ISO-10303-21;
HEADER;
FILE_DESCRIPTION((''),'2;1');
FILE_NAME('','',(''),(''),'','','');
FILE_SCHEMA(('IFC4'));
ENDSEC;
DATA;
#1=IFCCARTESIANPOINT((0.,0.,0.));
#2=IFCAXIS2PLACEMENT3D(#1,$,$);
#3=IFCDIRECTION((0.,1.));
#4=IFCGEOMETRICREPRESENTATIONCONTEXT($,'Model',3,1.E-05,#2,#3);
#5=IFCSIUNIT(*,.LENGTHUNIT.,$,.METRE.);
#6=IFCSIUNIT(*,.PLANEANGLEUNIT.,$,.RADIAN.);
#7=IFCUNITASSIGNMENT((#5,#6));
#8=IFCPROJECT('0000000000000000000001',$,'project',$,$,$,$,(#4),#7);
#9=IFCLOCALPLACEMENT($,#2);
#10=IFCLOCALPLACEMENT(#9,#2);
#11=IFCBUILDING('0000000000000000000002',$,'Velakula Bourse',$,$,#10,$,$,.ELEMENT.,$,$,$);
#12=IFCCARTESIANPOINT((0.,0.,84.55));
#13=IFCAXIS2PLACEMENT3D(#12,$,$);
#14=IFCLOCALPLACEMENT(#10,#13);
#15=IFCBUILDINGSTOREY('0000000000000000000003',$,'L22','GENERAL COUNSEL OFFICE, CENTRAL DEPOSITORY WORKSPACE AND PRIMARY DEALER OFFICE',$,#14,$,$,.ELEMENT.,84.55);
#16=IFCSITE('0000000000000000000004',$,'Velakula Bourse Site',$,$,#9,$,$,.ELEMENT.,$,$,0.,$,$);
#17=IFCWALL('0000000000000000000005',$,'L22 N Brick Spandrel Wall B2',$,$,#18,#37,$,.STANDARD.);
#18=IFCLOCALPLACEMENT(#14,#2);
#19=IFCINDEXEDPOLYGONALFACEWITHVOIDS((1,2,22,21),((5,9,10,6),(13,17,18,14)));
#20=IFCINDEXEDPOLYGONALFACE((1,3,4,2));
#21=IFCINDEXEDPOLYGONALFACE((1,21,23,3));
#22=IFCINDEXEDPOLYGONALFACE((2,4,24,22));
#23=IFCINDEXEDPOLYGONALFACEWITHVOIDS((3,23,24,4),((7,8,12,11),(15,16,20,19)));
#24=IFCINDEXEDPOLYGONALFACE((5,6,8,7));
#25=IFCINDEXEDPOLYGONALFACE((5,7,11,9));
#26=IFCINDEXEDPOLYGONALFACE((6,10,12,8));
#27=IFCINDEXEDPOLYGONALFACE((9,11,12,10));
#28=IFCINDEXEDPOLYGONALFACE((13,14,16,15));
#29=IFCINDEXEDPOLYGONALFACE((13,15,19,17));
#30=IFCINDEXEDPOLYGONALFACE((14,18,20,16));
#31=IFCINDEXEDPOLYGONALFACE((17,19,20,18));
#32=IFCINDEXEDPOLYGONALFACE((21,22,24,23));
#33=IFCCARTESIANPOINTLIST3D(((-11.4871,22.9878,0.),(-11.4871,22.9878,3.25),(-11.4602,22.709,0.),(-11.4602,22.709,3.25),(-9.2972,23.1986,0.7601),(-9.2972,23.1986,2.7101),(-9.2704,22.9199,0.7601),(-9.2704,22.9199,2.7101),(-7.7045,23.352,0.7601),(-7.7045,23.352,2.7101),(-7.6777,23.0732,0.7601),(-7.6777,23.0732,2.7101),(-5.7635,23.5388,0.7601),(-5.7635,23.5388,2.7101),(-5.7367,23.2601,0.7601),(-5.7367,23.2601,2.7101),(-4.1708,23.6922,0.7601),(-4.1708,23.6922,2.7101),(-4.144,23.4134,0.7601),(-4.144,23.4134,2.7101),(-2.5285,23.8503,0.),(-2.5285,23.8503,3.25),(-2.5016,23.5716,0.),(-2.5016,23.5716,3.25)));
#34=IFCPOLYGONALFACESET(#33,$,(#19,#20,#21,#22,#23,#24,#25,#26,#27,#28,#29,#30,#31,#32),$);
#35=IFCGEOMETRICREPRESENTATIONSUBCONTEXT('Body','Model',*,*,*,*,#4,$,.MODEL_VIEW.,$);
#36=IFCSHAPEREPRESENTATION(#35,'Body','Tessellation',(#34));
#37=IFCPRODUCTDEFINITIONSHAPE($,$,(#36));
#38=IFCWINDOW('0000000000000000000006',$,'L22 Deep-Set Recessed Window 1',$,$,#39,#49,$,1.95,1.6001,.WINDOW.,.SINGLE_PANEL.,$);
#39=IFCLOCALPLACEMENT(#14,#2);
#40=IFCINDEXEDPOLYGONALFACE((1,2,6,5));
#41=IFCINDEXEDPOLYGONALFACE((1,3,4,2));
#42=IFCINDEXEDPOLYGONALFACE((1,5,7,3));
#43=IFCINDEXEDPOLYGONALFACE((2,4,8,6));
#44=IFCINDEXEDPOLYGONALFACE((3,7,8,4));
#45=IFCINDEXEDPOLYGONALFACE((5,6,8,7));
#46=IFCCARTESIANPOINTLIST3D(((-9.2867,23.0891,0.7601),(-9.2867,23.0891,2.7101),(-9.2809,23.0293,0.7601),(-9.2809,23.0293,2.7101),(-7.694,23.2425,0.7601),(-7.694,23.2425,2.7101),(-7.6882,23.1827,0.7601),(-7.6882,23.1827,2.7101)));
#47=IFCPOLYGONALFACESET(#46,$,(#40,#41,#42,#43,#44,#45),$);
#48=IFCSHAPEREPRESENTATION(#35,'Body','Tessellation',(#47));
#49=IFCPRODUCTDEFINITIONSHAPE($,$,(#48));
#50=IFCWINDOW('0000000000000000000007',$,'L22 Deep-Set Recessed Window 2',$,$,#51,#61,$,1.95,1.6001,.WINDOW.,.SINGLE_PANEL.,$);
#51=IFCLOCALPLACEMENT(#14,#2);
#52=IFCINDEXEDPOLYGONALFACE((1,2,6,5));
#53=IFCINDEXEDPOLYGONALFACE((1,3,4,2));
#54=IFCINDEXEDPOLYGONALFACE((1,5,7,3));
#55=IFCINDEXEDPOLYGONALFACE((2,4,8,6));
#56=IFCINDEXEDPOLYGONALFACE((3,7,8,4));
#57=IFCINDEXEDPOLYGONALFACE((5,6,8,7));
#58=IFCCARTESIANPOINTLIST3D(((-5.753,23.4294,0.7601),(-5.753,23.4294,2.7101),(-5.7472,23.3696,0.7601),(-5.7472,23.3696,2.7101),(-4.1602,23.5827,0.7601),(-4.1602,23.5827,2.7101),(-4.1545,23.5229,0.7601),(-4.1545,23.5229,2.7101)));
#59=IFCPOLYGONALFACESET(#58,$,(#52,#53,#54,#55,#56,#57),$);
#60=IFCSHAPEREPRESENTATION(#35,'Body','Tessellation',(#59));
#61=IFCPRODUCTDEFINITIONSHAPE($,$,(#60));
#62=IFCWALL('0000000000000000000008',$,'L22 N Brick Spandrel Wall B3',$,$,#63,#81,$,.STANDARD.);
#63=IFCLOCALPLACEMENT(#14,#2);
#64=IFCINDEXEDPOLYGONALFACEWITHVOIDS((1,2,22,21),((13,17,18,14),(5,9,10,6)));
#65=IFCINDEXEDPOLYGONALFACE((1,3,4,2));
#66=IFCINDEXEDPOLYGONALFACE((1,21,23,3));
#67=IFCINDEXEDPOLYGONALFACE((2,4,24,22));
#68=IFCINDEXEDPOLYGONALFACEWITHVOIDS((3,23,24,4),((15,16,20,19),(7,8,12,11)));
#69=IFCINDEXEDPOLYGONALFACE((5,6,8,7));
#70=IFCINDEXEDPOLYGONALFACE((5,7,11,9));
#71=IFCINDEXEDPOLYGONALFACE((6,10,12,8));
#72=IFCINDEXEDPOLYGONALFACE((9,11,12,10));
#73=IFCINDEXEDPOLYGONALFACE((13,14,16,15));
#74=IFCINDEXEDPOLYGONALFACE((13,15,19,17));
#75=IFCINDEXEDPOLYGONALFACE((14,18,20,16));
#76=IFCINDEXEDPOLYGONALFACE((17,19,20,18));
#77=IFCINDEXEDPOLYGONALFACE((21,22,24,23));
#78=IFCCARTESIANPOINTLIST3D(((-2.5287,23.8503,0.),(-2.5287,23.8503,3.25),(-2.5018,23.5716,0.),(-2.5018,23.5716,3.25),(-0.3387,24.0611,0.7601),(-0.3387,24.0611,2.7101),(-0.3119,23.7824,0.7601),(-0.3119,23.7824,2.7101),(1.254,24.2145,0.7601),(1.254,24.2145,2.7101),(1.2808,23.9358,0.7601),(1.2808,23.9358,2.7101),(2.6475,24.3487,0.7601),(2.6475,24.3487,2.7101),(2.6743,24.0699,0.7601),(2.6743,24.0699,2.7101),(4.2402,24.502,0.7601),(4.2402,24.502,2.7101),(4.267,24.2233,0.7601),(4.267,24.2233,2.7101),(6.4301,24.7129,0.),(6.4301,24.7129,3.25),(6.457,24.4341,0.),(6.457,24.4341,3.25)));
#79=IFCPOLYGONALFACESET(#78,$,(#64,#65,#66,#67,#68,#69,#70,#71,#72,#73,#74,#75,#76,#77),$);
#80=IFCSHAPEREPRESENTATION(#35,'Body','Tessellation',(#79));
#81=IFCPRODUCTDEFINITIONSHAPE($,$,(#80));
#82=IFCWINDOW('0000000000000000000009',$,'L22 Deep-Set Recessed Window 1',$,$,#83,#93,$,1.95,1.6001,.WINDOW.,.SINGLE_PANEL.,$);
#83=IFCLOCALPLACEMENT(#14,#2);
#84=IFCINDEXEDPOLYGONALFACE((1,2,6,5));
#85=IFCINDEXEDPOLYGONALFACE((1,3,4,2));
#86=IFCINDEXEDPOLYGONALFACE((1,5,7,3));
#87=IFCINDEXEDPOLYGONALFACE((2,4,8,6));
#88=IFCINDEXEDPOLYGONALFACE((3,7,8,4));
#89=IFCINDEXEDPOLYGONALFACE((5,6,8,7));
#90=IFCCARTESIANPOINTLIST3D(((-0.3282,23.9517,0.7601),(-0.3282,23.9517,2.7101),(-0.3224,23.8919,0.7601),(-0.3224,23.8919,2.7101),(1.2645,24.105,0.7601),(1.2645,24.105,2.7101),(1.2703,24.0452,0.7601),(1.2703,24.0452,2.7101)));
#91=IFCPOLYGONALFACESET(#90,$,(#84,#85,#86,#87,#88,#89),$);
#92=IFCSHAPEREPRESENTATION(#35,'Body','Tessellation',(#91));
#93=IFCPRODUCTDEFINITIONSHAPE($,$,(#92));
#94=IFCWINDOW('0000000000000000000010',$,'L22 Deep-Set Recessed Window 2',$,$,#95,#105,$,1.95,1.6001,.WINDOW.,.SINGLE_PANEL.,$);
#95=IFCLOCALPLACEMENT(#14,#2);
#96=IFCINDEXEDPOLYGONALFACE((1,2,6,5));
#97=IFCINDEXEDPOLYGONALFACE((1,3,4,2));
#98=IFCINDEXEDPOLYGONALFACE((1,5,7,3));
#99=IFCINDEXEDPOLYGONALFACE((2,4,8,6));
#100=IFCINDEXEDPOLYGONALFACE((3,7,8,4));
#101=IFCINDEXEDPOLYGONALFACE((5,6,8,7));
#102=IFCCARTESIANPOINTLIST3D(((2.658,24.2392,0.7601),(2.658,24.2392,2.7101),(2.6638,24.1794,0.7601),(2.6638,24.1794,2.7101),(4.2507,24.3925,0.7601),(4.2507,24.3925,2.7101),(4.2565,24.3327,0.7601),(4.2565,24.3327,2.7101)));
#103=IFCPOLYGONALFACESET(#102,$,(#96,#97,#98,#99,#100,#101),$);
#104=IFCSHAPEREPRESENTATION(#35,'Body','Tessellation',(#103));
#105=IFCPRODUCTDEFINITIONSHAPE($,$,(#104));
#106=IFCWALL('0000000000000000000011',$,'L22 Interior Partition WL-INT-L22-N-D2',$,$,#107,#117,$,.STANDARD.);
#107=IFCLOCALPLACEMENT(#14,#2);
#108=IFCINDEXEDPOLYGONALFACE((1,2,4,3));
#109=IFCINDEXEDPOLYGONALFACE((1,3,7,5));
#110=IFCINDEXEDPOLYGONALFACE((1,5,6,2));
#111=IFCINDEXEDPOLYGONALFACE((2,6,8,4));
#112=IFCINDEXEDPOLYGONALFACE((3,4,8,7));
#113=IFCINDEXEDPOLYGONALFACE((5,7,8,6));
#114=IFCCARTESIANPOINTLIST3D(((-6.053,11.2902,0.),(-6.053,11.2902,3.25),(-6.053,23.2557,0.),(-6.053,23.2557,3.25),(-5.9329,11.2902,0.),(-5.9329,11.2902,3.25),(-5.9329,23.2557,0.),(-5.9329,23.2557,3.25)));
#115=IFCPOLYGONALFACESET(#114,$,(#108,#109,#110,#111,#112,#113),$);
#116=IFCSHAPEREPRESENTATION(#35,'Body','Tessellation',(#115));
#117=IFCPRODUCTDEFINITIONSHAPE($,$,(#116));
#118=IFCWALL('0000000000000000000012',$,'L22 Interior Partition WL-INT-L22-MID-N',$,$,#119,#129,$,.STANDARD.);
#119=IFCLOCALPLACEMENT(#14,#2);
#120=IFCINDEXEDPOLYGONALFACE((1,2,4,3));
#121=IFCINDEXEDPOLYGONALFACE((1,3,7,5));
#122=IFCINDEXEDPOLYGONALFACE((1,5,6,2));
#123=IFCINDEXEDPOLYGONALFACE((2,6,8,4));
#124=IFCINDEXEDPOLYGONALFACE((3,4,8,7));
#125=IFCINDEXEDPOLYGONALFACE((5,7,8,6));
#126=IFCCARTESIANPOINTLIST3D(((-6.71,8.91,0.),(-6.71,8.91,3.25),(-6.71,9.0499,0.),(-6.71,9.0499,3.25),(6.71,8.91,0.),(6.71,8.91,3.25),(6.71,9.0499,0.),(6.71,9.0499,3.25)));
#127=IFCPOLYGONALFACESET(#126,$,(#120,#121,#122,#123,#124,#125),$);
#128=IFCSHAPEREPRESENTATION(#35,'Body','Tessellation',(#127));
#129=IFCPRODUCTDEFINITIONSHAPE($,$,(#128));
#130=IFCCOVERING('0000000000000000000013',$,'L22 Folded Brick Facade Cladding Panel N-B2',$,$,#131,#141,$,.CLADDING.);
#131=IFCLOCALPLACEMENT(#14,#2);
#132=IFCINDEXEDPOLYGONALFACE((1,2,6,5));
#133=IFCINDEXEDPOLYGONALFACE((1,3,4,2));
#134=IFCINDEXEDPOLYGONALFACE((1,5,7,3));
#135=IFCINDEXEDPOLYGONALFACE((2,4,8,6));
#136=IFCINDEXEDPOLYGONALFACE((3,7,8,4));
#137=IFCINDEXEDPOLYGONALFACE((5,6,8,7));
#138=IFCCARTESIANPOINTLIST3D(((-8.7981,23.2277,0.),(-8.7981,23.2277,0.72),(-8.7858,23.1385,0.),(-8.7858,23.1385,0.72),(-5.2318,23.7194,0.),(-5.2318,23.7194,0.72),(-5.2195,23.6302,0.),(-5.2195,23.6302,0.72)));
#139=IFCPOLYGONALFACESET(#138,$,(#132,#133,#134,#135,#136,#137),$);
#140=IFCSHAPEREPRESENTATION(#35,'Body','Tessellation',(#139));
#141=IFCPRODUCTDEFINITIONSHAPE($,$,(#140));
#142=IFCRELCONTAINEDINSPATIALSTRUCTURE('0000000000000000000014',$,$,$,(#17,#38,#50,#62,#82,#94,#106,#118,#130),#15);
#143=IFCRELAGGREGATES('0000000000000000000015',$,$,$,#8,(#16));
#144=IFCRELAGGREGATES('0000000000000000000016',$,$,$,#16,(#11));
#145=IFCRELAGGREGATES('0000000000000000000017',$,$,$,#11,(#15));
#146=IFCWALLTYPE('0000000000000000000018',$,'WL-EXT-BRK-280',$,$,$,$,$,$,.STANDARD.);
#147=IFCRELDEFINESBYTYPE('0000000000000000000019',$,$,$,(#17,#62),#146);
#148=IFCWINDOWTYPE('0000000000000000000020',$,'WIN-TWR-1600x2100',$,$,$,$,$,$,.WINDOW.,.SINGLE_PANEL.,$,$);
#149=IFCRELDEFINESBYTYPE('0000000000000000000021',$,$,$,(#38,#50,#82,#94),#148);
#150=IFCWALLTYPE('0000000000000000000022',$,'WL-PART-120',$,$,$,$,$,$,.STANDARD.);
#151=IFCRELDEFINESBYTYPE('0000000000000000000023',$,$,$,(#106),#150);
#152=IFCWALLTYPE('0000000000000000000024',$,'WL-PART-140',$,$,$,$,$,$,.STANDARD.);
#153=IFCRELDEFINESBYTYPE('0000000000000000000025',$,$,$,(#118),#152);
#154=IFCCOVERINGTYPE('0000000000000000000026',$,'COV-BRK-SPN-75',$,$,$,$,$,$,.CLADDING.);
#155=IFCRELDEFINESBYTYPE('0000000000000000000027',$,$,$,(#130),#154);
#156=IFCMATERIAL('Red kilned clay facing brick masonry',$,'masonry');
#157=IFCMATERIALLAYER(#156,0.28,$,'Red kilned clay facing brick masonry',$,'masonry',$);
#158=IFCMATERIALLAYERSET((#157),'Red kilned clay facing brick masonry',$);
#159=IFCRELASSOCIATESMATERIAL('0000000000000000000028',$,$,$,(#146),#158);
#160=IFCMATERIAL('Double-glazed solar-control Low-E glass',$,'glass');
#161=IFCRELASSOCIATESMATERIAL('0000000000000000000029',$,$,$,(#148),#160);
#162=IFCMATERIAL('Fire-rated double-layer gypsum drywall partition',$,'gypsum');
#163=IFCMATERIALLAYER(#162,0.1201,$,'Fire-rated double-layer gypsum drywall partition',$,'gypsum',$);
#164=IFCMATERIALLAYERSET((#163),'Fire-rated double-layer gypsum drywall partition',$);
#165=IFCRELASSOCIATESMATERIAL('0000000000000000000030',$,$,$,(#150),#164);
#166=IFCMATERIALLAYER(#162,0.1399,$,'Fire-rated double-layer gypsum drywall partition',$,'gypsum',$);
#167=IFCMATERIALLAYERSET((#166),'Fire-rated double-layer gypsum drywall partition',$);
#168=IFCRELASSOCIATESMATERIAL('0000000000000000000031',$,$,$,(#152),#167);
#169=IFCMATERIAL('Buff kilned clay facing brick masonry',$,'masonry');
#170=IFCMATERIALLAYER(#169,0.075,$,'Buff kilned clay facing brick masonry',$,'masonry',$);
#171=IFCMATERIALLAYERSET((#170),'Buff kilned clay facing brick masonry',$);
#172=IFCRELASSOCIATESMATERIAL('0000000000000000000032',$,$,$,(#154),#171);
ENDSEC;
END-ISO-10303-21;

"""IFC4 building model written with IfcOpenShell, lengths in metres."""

from ifc_helpers import new_model, si_unit, direction, frame, frame_2d, origin, origin_2d, place, context, subcontext, project, spatial, rectangle, extrude, material, layer, layer_set, type_object, element, fill, save


model = new_model("IFC4")

# Units and contexts
model_context = context("Model", 3, precision=1e-05, world=origin(), true_north=direction((0.0, 1.0)))
body_context = subcontext(model_context, "Body", "Model", "MODEL_VIEW")
ifc_project = project(units=[si_unit("LENGTHUNIT", "METRE"), si_unit("PLANEANGLEUNIT", "RADIAN")], contexts=[model_context])

# Site, building, storey
site_placement = place(None, origin())
site = spatial("IfcSite", under=ifc_project, at=site_placement, Name="Velakula Bourse Site", CompositionType="ELEMENT", RefElevation=0.0)
building_placement = place(site_placement, origin())
building = spatial("IfcBuilding", under=site, at=building_placement, Name="Velakula Bourse", CompositionType="ELEMENT")
storey_placement = place(building_placement, frame((0.0, 0.0, 84.55)))
storey = spatial("IfcBuildingStorey", under=building, at=storey_placement, Name="L22", Description="GENERAL COUNSEL OFFICE, CENTRAL DEPOSITORY WORKSPACE AND PRIMARY DEALER OFFICE", CompositionType="ELEMENT", Elevation=84.55)

# Walls, openings, windows
ifc_material_1 = material(Name="Red kilned clay facing brick masonry", Category="masonry")
ifc_layer_1 = layer(ifc_material_1, 0.28, Name="Red kilned clay facing brick masonry", Category="masonry")
ifc_layer_set_1 = layer_set([ifc_layer_1], Name="Red kilned clay facing brick masonry")
wall_type_1 = type_object("IfcWallType", Name="WL-EXT-BRK-280", PredefinedType="STANDARD", material=ifc_layer_set_1)
wall_1_placement = place(storey_placement, frame((-11.4736, 22.8484, 0.0), z_axis=(0.0, 0.0, 1.0), x_axis=(0.995397, 0.09584, 0.0)))
wall_1 = element("IfcWall", 1, at=wall_1_placement, inside=storey, type_object=wall_type_1, Name="L22 N Brick Spandrel Wall B2", PredefinedType="STANDARD", context=body_context, shape_type="SweptSolid", body=[
    extrude(rectangle(XDim=9.0, YDim=0.28, at=frame_2d((4.5, 0.0))), origin(), (0.0, 0.0, 1.0), 3.25),
])
opening_1_placement = place(wall_1_placement, frame((2.2, 0.0, 0.76)))
opening_1 = element("IfcOpeningElement", 2, at=opening_1_placement, cuts=wall_1, PredefinedType="OPENING", context=body_context, shape_type="SweptSolid", body=[
    extrude(rectangle(XDim=1.6001, YDim=1.95, at=frame_2d((0.8, 0.9751))), frame((0.0, 0.1499, 0.0), z_axis=(0.0, -1.0, 0.0), x_axis=(1.0, 0.0, 0.0)), (0.0, 0.0, 1.0), 0.3),
])
opening_2_placement = place(wall_1_placement, frame((5.75, 0.0, 0.76)))
opening_2 = element("IfcOpeningElement", 3, at=opening_2_placement, cuts=wall_1, PredefinedType="OPENING", context=body_context, shape_type="SweptSolid", body=[
    extrude(rectangle(XDim=1.6001, YDim=1.95, at=frame_2d((0.8, 0.9751))), frame((0.0, 0.1499, 0.0), z_axis=(0.0, -1.0, 0.0), x_axis=(1.0, 0.0, 0.0)), (0.0, 0.0, 1.0), 0.3),
])
ifc_material_2 = material(Name="Double-glazed solar-control Low-E glass", Category="glass")
window_type = type_object("IfcWindowType", Name="WIN-TWR-1600x2100", PartitioningType="SINGLE_PANEL", PredefinedType="WINDOW", material=ifc_material_2)
window_1_placement = place(opening_1_placement, origin())
window_1 = element("IfcWindow", 4, at=window_1_placement, inside=storey, type_object=window_type, Name="L22 Deep-Set Recessed Window 1", OverallHeight=1.95, OverallWidth=1.6001, PartitioningType="SINGLE_PANEL", PredefinedType="WINDOW", context=body_context, shape_type="SweptSolid", body=[
    extrude(rectangle(XDim=1.6001, YDim=1.95, at=frame_2d((0.8, 0.9751))), frame((0.0, 0.03, 0.0), z_axis=(0.0, -1.0, 0.0), x_axis=(1.0, 0.0, 0.0)), (0.0, 0.0, 1.0), 0.0601),
])
fill(opening_1, window_1)
window_2_placement = place(opening_2_placement, origin())
window_2 = element("IfcWindow", 5, at=window_2_placement, inside=storey, type_object=window_type, Name="L22 Deep-Set Recessed Window 2", OverallHeight=1.95, OverallWidth=1.6001, PartitioningType="SINGLE_PANEL", PredefinedType="WINDOW", context=body_context, shape_type="SweptSolid", body=[
    extrude(rectangle(XDim=1.6001, YDim=1.95, at=frame_2d((0.8, 0.9751))), frame((0.0, 0.03, 0.0), z_axis=(0.0, -1.0, 0.0), x_axis=(1.0, 0.0, 0.0)), (0.0, 0.0, 1.0), 0.0601),
])
fill(opening_2, window_2)
wall_2_placement = place(storey_placement, frame((-2.5151, 23.7109, 0.0), z_axis=(0.0, 0.0, 1.0), x_axis=(0.995397, 0.095837, 0.0)))
wall_2 = element("IfcWall", 6, at=wall_2_placement, inside=storey, type_object=wall_type_1, Name="L22 N Brick Spandrel Wall B3", PredefinedType="STANDARD", context=body_context, shape_type="SweptSolid", body=[
    extrude(rectangle(XDim=9.0002, YDim=0.28, at=frame_2d((4.5, 0.0))), origin(), (0.0, 0.0, 1.0), 3.25),
])
opening_3_placement = place(wall_2_placement, frame((2.2, 0.0, 0.76)))
opening_3 = element("IfcOpeningElement", 7, at=opening_3_placement, cuts=wall_2, PredefinedType="OPENING", context=body_context, shape_type="SweptSolid", body=[
    extrude(rectangle(XDim=1.6001, YDim=1.95, at=frame_2d((0.8, 0.9751))), frame((0.0, 0.1499, 0.0), z_axis=(0.0, -1.0, 0.0), x_axis=(1.0, 0.0, 0.0)), (0.0, 0.0, 1.0), 0.3),
])
opening_4_placement = place(wall_2_placement, frame((5.2, 0.0, 0.76)))
opening_4 = element("IfcOpeningElement", 8, at=opening_4_placement, cuts=wall_2, PredefinedType="OPENING", context=body_context, shape_type="SweptSolid", body=[
    extrude(rectangle(XDim=1.6001, YDim=1.95, at=frame_2d((0.8, 0.9751))), frame((0.0, 0.1499, 0.0), z_axis=(0.0, -1.0, 0.0), x_axis=(1.0, 0.0, 0.0)), (0.0, 0.0, 1.0), 0.3),
])
window_3_placement = place(opening_3_placement, origin())
window_3 = element("IfcWindow", 9, at=window_3_placement, inside=storey, type_object=window_type, Name="L22 Deep-Set Recessed Window 1", OverallHeight=1.95, OverallWidth=1.6001, PartitioningType="SINGLE_PANEL", PredefinedType="WINDOW", context=body_context, shape_type="SweptSolid", body=[
    extrude(rectangle(XDim=1.6001, YDim=1.95, at=frame_2d((0.8, 0.9751))), frame((0.0, 0.03, 0.0), z_axis=(0.0, -1.0, 0.0), x_axis=(1.0, 0.0, 0.0)), (0.0, 0.0, 1.0), 0.0601),
])
fill(opening_3, window_3)
window_4_placement = place(opening_4_placement, origin())
window_4 = element("IfcWindow", 10, at=window_4_placement, inside=storey, type_object=window_type, Name="L22 Deep-Set Recessed Window 2", OverallHeight=1.95, OverallWidth=1.6001, PartitioningType="SINGLE_PANEL", PredefinedType="WINDOW", context=body_context, shape_type="SweptSolid", body=[
    extrude(rectangle(XDim=1.6001, YDim=1.95, at=frame_2d((0.8, 0.9751))), frame((0.0, 0.03, 0.0), z_axis=(0.0, -1.0, 0.0), x_axis=(1.0, 0.0, 0.0)), (0.0, 0.0, 1.0), 0.0601),
])
fill(opening_4, window_4)

# Walls
ifc_material_3 = material(Name="Fire-rated double-layer gypsum drywall partition", Category="gypsum")
ifc_layer_2 = layer(ifc_material_3, 0.1201, Name="Fire-rated double-layer gypsum drywall partition", Category="gypsum")
ifc_layer_set_2 = layer_set([ifc_layer_2], Name="Fire-rated double-layer gypsum drywall partition")
wall_type_2 = type_object("IfcWallType", Name="WL-PART-120", PredefinedType="STANDARD", material=ifc_layer_set_2)
wall_3_placement = place(storey_placement, frame((-5.9929, 11.29, 0.0), z_axis=(0.0, 0.0, 1.0), x_axis=(0.0, 1.0, 0.0)))
element("IfcWall", 11, at=wall_3_placement, inside=storey, type_object=wall_type_2, Name="L22 Interior Partition WL-INT-L22-N-D2", PredefinedType="STANDARD", context=body_context, shape_type="SweptSolid", body=[
    extrude(rectangle(XDim=11.9656, YDim=0.1201, at=frame_2d((5.9829, 0.0))), origin(), (0.0, 0.0, 1.0), 3.25),
])
ifc_layer_3 = layer(ifc_material_3, 0.1399, Name="Fire-rated double-layer gypsum drywall partition", Category="gypsum")
ifc_layer_set_3 = layer_set([ifc_layer_3], Name="Fire-rated double-layer gypsum drywall partition")
wall_type_3 = type_object("IfcWallType", Name="WL-PART-140", PredefinedType="STANDARD", material=ifc_layer_set_3)
wall_4_placement = place(storey_placement, frame((-6.71, 8.98, 0.0), z_axis=(0.0, 0.0, 1.0), x_axis=(1.0, 0.0, 0.0)))
element("IfcWall", 12, at=wall_4_placement, inside=storey, type_object=wall_type_3, Name="L22 Interior Partition WL-INT-L22-MID-N", PredefinedType="STANDARD", context=body_context, shape_type="SweptSolid", body=[
    extrude(rectangle(XDim=13.4199, YDim=0.1399, at=frame_2d((6.71, 0.0))), origin(), (0.0, 0.0, 1.0), 3.25),
])

# Covering
ifc_material_4 = material(Name="Buff kilned clay facing brick masonry", Category="masonry")
ifc_layer_4 = layer(ifc_material_4, 0.075, Name="Buff kilned clay facing brick masonry", Category="masonry")
ifc_layer_set_4 = layer_set([ifc_layer_4], Name="Buff kilned clay facing brick masonry")
covering_type = type_object("IfcCoveringType", Name="COV-BRK-SPN-75", PredefinedType="CLADDING", material=ifc_layer_set_4)
covering_placement = place(storey_placement, frame((-7.0088, 23.429, 0.0), z_axis=(0.0, 0.0, 1.0), x_axis=(0.990629, 0.13658, 0.0)))
element("IfcCovering", 13, at=covering_placement, inside=storey, type_object=covering_type, Name="L22 Folded Brick Facade Cladding Panel N-B2", PredefinedType="CLADDING", context=body_context, shape_type="SweptSolid", body=[
    extrude(rectangle(XDim=3.6001, YDim=0.0901, at=origin_2d()), origin(), (0.0, 0.0, 1.0), 0.72),
])

save(model, "model.ifc")
